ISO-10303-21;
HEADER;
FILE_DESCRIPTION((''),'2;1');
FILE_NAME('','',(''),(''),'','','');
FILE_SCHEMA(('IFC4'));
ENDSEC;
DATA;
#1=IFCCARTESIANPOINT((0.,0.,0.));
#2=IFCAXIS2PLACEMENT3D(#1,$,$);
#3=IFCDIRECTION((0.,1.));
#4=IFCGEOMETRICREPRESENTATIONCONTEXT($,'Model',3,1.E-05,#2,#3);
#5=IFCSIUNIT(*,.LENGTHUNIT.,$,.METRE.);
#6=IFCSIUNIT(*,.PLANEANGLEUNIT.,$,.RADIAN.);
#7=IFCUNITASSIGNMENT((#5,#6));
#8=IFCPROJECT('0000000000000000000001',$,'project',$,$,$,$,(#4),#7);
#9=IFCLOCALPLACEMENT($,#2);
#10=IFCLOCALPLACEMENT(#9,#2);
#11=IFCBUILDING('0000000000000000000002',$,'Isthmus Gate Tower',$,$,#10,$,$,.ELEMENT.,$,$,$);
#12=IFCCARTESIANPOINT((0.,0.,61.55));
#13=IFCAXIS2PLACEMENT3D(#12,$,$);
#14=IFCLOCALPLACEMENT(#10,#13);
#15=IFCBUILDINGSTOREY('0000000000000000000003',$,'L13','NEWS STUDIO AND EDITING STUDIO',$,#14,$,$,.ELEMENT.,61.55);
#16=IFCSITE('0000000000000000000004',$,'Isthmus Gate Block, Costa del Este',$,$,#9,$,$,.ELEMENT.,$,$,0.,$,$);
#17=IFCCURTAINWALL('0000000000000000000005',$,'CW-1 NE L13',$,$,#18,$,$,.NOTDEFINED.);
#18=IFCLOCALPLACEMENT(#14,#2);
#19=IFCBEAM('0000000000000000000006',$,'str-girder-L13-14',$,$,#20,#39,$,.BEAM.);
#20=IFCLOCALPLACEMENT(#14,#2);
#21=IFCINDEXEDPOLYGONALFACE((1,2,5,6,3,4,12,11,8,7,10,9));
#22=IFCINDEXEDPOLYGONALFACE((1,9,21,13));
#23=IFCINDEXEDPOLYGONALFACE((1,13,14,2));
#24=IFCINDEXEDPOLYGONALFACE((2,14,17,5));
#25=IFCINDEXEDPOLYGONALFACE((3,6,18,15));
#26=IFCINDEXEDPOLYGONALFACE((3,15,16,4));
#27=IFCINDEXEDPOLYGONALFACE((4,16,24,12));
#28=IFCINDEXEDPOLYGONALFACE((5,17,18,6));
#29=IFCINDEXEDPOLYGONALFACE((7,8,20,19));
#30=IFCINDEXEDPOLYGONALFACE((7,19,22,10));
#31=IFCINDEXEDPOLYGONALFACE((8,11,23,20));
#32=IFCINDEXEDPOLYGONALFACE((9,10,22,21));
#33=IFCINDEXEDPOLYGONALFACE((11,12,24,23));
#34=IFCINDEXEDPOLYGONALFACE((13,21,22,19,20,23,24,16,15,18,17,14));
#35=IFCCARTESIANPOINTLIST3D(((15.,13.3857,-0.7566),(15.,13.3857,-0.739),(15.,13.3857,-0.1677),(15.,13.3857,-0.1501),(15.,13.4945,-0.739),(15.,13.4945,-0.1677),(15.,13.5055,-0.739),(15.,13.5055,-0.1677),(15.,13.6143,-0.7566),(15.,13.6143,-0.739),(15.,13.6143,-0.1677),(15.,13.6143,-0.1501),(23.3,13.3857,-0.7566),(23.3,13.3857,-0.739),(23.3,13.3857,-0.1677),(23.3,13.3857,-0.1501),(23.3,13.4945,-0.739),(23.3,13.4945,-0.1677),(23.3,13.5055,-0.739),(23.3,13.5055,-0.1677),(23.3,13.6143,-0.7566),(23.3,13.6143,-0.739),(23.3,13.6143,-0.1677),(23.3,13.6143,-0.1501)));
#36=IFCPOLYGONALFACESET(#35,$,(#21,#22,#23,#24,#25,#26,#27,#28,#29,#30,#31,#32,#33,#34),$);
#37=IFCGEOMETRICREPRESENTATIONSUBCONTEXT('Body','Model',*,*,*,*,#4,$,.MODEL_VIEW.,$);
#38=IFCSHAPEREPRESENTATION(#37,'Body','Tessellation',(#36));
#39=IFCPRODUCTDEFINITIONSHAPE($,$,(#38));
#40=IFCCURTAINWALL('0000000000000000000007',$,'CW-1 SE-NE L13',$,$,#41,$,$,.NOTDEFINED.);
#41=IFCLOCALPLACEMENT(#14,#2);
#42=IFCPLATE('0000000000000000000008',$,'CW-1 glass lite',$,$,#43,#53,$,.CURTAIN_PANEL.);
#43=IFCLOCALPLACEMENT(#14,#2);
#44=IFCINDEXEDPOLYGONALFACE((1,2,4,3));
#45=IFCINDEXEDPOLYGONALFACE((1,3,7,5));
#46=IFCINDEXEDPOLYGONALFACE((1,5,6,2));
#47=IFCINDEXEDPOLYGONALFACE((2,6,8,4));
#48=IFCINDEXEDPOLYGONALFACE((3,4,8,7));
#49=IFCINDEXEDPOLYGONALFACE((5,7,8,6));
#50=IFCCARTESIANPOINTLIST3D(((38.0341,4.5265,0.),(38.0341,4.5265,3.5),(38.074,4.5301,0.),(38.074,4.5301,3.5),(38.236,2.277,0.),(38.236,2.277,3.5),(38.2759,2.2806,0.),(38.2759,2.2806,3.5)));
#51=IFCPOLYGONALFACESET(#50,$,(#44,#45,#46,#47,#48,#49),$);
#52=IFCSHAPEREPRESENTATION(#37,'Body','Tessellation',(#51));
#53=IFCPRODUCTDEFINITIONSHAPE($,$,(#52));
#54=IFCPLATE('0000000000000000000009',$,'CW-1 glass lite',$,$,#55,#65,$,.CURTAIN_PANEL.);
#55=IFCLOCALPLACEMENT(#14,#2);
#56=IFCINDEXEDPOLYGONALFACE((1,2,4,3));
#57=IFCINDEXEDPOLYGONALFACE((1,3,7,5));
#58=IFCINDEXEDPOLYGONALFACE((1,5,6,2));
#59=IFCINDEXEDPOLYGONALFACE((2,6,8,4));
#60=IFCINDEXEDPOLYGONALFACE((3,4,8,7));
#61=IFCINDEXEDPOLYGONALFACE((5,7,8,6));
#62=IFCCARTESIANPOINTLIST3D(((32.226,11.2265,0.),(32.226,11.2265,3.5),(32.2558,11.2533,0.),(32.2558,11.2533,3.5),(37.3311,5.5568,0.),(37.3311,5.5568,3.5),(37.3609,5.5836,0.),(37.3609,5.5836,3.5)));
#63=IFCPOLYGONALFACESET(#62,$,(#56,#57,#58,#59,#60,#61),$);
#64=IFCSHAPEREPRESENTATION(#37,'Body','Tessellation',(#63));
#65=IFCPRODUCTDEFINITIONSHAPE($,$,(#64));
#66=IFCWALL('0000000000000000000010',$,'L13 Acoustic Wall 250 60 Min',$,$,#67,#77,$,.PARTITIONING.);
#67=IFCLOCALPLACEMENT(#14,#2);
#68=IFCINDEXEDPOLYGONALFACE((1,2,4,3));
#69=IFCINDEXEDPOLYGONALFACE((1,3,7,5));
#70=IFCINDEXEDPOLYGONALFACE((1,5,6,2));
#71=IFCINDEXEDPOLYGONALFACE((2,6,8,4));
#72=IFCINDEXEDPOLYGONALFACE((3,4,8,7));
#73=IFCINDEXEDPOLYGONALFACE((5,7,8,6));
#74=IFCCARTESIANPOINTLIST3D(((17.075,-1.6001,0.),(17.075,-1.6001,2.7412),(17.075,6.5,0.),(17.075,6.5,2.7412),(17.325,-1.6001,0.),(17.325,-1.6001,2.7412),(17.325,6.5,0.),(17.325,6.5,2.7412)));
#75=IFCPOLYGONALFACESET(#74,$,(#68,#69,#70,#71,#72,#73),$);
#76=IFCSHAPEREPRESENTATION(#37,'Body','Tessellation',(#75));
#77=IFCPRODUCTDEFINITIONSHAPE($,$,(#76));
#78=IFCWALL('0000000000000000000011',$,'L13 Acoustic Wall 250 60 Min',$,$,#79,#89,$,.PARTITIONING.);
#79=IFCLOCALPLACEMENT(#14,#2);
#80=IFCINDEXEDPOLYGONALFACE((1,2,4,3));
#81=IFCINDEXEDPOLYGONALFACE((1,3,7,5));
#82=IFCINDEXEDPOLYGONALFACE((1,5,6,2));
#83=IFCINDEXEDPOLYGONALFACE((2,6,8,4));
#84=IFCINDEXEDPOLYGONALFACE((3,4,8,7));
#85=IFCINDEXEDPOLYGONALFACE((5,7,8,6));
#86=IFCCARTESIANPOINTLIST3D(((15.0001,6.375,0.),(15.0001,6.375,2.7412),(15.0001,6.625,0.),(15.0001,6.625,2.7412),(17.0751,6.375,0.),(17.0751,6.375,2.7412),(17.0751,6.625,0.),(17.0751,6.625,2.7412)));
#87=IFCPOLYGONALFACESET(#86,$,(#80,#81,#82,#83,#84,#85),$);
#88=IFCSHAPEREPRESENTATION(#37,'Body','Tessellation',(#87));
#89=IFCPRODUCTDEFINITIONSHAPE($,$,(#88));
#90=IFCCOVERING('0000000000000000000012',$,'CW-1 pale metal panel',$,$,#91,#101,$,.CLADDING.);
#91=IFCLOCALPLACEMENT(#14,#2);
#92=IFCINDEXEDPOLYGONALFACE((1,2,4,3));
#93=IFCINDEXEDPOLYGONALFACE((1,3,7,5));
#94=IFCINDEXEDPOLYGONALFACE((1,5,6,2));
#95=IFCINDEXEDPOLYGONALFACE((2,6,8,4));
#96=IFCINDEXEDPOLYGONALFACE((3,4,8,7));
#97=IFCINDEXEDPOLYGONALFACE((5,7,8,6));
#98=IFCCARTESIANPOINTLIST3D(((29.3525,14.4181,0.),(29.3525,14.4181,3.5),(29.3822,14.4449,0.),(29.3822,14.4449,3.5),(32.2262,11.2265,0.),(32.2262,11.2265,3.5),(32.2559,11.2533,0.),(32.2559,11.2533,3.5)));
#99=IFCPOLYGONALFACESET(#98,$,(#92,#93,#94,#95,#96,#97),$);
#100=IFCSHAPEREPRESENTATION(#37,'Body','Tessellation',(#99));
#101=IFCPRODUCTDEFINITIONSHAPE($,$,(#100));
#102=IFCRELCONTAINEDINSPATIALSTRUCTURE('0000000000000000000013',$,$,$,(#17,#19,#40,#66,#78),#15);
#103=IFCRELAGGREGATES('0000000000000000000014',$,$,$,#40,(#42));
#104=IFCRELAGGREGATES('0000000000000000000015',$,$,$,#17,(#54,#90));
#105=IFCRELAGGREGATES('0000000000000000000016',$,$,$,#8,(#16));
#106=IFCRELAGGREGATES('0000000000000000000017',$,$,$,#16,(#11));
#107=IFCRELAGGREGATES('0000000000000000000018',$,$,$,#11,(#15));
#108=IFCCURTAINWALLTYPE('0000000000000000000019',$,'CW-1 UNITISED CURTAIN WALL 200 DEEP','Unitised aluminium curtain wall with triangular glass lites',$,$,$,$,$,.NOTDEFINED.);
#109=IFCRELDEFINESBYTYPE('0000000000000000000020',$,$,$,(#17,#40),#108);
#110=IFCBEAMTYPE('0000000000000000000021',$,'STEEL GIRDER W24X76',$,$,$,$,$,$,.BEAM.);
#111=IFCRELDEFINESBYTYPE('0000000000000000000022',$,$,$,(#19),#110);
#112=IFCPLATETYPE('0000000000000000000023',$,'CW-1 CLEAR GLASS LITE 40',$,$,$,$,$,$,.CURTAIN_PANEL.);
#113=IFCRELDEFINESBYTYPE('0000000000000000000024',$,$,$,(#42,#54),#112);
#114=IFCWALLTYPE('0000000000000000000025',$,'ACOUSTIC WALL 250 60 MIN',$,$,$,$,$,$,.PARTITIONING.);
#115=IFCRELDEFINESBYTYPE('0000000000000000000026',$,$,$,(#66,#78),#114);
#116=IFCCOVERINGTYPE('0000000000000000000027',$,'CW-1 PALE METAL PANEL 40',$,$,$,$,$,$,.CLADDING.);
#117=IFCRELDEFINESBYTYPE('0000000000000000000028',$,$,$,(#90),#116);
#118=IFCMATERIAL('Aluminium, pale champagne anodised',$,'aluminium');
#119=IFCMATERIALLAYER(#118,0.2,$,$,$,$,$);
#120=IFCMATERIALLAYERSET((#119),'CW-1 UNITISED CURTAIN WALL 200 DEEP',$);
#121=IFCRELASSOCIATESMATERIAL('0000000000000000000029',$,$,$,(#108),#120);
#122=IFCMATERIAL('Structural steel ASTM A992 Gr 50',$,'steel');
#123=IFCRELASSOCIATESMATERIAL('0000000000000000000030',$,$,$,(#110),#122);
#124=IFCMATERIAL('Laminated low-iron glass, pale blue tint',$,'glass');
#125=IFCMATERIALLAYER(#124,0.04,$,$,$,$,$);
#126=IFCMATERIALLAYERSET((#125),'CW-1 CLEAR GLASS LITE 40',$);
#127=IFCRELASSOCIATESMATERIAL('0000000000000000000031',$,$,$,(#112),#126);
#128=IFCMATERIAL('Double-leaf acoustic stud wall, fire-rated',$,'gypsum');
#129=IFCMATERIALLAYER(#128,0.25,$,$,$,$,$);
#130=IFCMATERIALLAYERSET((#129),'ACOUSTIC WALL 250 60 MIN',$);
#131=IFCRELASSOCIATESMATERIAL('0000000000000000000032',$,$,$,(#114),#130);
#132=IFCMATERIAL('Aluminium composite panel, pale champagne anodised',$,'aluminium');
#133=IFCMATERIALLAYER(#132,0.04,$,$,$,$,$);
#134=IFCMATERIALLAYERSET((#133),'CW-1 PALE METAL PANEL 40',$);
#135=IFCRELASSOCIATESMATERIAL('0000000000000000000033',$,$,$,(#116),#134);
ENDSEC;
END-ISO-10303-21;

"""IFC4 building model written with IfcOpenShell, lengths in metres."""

from ifc_helpers import new_model, si_unit, direction, frame, frame_2d, origin, origin_2d, place, context, subcontext, project, spatial, rectangle, i_section, extrude, material, layer, layer_set, material_profile, profile_set, type_object, element, aggregate, save


model = new_model("IFC4")

# Units and contexts
model_context = context("Model", 3, precision=1e-05, world=origin(), true_north=direction((0.0, 1.0)))
body_context = subcontext(model_context, "Body", "Model", "MODEL_VIEW")
ifc_project = project(units=[si_unit("LENGTHUNIT", "METRE"), si_unit("PLANEANGLEUNIT", "RADIAN")], contexts=[model_context])

# Site, building, storey
site_placement = place(None, origin())
site = spatial("IfcSite", under=ifc_project, at=site_placement, Name="Isthmus Gate Block, Costa del Este", CompositionType="ELEMENT", RefElevation=0.0)
building_placement = place(site_placement, origin())
building = spatial("IfcBuilding", under=site, at=building_placement, Name="Isthmus Gate Tower", CompositionType="ELEMENT")
storey_placement = place(building_placement, frame((0.0, 0.0, 61.55)))
storey = spatial("IfcBuildingStorey", under=building, at=storey_placement, Name="L13", Description="NEWS STUDIO AND EDITING STUDIO", CompositionType="ELEMENT", Elevation=61.55)

# Curtain wall
ifc_material_1 = material(Name="Aluminium, pale champagne anodised", Category="aluminium")
ifc_layer_1 = layer(ifc_material_1, 0.2)
ifc_layer_set_1 = layer_set([ifc_layer_1], Name="CW-1 UNITISED CURTAIN WALL 200 DEEP")
curtain_wall_type = type_object("IfcCurtainWallType", Name="CW-1 UNITISED CURTAIN WALL 200 DEEP", Description="Unitised aluminium curtain wall with triangular glass lites", PredefinedType="NOTDEFINED", material=ifc_layer_set_1)
curtain_wall_1_placement = place(storey_placement, origin())
curtain_wall_1 = element("IfcCurtainWall", 1, at=curtain_wall_1_placement, inside=storey, type_object=curtain_wall_type, Name="CW-1 NE L13", PredefinedType="NOTDEFINED")

# Beam
ifc_material_2 = material(Name="Structural steel ASTM A992 Gr 50", Category="steel")
ifc_material_profile_1 = material_profile(ifc_material_2, i_section(OverallWidth=0.2285, OverallDepth=0.6064, WebThickness=0.011, FlangeThickness=0.0176, at=origin_2d()), Name="W24X76")
ifc_profile_set_1 = profile_set([ifc_material_profile_1], Name="Structural steel ASTM A992 Gr 50")
beam_type_1 = type_object("IfcBeamType", Name="STEEL GIRDER W24X76", PredefinedType="BEAM", material=ifc_profile_set_1)
beam_1_placement = place(storey_placement, frame((15.0, 13.5, -0.4534), z_axis=(1.0, 0.0, 0.0), x_axis=(0.0, 1.0, 0.0)))
element("IfcBeam", 2, at=beam_1_placement, inside=storey, type_object=beam_type_1, Name="str-girder-L13-14", PredefinedType="BEAM", context=body_context, shape_type="SweptSolid", body=[
    extrude(i_section(OverallWidth=0.2285, OverallDepth=0.6064, WebThickness=0.011, FlangeThickness=0.0176, at=origin_2d()), origin(), (0.0, 0.0, 1.0), 8.3),
])

# Curtain wall, plate
curtain_wall_2_placement = place(storey_placement, origin())
curtain_wall_2 = element("IfcCurtainWall", 3, at=curtain_wall_2_placement, inside=storey, type_object=curtain_wall_type, Name="CW-1 SE-NE L13", PredefinedType="NOTDEFINED")
ifc_material_3 = material(Name="Laminated low-iron glass, pale blue tint", Category="glass")
ifc_layer_2 = layer(ifc_material_3, 0.04)
ifc_layer_set_2 = layer_set([ifc_layer_2], Name="CW-1 CLEAR GLASS LITE 40")
plate_type = type_object("IfcPlateType", Name="CW-1 CLEAR GLASS LITE 40", PredefinedType="CURTAIN_PANEL", material=ifc_layer_set_2)
plate_1_placement = place(storey_placement, frame((38.155, 3.4036, 0.0), z_axis=(0.0, 0.0, 1.0), x_axis=(-0.089397, 0.995996, 0.0)))
plate_1 = element("IfcPlate", 4, at=plate_1_placement, type_object=plate_type, Name="CW-1 glass lite", PredefinedType="CURTAIN_PANEL", context=body_context, shape_type="SweptSolid", body=[
    extrude(rectangle(XDim=2.2585, YDim=0.04, at=origin_2d()), origin(), (0.0, 0.0, 1.0), 3.5),
])
aggregate(curtain_wall_2, [plate_1])

# Plate
plate_2_placement = place(storey_placement, frame((34.7935, 8.405, 0.0), z_axis=(0.0, 0.0, 1.0), x_axis=(-0.669131, 0.743145, 0.0)))
plate_2 = element("IfcPlate", 5, at=plate_2_placement, type_object=plate_type, Name="CW-1 glass lite", PredefinedType="CURTAIN_PANEL", context=body_context, shape_type="SweptSolid", body=[
    extrude(rectangle(XDim=7.6294, YDim=0.04, at=origin_2d()), origin(), (0.0, 0.0, 1.0), 3.5),
])

# Walls
ifc_material_4 = material(Name="Double-leaf acoustic stud wall, fire-rated", Category="gypsum")
ifc_layer_3 = layer(ifc_material_4, 0.25)
ifc_layer_set_3 = layer_set([ifc_layer_3], Name="ACOUSTIC WALL 250 60 MIN")
wall_type = type_object("IfcWallType", Name="ACOUSTIC WALL 250 60 MIN", PredefinedType="PARTITIONING", material=ifc_layer_set_3)
wall_1_placement = place(storey_placement, frame((17.2, 6.5, 0.0), z_axis=(0.0, 0.0, 1.0), x_axis=(0.0, -1.0, 0.0)))
element("IfcWall", 6, at=wall_1_placement, inside=storey, type_object=wall_type, Name="L13 Acoustic Wall 250 60 Min", PredefinedType="PARTITIONING", context=body_context, shape_type="SweptSolid", body=[
    extrude(rectangle(XDim=8.1001, YDim=0.25, at=frame_2d((4.05, 0.0))), origin(), (0.0, 0.0, 1.0), 2.7412),
])
wall_2_placement = place(storey_placement, frame((15.0, 6.5, 0.0), z_axis=(0.0, 0.0, 1.0), x_axis=(1.0, 0.0, 0.0)))
element("IfcWall", 7, at=wall_2_placement, inside=storey, type_object=wall_type, Name="L13 Acoustic Wall 250 60 Min", PredefinedType="PARTITIONING", context=body_context, shape_type="SweptSolid", body=[
    extrude(rectangle(XDim=2.075, YDim=0.25, at=frame_2d((1.0376, 0.0))), origin(), (0.0, 0.0, 1.0), 2.7412),
])

# Covering
ifc_material_5 = material(Name="Aluminium composite panel, pale champagne anodised", Category="aluminium")
ifc_layer_4 = layer(ifc_material_5, 0.04)
ifc_layer_set_4 = layer_set([ifc_layer_4], Name="CW-1 PALE METAL PANEL 40")
covering_type = type_object("IfcCoveringType", Name="CW-1 PALE METAL PANEL 40", PredefinedType="CLADDING", material=ifc_layer_set_4)
covering_placement = place(storey_placement, frame((30.8042, 12.8357, 0.0), z_axis=(0.0, 0.0, 1.0), x_axis=(-0.669131, 0.743145, 0.0)))
covering = element("IfcCovering", 8, at=covering_placement, type_object=covering_type, Name="CW-1 pale metal panel", PredefinedType="CLADDING", context=body_context, shape_type="SweptSolid", body=[
    extrude(rectangle(XDim=4.2947, YDim=0.04, at=origin_2d()), origin(), (0.0, 0.0, 1.0), 3.5),
])
aggregate(curtain_wall_1, [plate_2, covering])

save(model, "model.ifc")
